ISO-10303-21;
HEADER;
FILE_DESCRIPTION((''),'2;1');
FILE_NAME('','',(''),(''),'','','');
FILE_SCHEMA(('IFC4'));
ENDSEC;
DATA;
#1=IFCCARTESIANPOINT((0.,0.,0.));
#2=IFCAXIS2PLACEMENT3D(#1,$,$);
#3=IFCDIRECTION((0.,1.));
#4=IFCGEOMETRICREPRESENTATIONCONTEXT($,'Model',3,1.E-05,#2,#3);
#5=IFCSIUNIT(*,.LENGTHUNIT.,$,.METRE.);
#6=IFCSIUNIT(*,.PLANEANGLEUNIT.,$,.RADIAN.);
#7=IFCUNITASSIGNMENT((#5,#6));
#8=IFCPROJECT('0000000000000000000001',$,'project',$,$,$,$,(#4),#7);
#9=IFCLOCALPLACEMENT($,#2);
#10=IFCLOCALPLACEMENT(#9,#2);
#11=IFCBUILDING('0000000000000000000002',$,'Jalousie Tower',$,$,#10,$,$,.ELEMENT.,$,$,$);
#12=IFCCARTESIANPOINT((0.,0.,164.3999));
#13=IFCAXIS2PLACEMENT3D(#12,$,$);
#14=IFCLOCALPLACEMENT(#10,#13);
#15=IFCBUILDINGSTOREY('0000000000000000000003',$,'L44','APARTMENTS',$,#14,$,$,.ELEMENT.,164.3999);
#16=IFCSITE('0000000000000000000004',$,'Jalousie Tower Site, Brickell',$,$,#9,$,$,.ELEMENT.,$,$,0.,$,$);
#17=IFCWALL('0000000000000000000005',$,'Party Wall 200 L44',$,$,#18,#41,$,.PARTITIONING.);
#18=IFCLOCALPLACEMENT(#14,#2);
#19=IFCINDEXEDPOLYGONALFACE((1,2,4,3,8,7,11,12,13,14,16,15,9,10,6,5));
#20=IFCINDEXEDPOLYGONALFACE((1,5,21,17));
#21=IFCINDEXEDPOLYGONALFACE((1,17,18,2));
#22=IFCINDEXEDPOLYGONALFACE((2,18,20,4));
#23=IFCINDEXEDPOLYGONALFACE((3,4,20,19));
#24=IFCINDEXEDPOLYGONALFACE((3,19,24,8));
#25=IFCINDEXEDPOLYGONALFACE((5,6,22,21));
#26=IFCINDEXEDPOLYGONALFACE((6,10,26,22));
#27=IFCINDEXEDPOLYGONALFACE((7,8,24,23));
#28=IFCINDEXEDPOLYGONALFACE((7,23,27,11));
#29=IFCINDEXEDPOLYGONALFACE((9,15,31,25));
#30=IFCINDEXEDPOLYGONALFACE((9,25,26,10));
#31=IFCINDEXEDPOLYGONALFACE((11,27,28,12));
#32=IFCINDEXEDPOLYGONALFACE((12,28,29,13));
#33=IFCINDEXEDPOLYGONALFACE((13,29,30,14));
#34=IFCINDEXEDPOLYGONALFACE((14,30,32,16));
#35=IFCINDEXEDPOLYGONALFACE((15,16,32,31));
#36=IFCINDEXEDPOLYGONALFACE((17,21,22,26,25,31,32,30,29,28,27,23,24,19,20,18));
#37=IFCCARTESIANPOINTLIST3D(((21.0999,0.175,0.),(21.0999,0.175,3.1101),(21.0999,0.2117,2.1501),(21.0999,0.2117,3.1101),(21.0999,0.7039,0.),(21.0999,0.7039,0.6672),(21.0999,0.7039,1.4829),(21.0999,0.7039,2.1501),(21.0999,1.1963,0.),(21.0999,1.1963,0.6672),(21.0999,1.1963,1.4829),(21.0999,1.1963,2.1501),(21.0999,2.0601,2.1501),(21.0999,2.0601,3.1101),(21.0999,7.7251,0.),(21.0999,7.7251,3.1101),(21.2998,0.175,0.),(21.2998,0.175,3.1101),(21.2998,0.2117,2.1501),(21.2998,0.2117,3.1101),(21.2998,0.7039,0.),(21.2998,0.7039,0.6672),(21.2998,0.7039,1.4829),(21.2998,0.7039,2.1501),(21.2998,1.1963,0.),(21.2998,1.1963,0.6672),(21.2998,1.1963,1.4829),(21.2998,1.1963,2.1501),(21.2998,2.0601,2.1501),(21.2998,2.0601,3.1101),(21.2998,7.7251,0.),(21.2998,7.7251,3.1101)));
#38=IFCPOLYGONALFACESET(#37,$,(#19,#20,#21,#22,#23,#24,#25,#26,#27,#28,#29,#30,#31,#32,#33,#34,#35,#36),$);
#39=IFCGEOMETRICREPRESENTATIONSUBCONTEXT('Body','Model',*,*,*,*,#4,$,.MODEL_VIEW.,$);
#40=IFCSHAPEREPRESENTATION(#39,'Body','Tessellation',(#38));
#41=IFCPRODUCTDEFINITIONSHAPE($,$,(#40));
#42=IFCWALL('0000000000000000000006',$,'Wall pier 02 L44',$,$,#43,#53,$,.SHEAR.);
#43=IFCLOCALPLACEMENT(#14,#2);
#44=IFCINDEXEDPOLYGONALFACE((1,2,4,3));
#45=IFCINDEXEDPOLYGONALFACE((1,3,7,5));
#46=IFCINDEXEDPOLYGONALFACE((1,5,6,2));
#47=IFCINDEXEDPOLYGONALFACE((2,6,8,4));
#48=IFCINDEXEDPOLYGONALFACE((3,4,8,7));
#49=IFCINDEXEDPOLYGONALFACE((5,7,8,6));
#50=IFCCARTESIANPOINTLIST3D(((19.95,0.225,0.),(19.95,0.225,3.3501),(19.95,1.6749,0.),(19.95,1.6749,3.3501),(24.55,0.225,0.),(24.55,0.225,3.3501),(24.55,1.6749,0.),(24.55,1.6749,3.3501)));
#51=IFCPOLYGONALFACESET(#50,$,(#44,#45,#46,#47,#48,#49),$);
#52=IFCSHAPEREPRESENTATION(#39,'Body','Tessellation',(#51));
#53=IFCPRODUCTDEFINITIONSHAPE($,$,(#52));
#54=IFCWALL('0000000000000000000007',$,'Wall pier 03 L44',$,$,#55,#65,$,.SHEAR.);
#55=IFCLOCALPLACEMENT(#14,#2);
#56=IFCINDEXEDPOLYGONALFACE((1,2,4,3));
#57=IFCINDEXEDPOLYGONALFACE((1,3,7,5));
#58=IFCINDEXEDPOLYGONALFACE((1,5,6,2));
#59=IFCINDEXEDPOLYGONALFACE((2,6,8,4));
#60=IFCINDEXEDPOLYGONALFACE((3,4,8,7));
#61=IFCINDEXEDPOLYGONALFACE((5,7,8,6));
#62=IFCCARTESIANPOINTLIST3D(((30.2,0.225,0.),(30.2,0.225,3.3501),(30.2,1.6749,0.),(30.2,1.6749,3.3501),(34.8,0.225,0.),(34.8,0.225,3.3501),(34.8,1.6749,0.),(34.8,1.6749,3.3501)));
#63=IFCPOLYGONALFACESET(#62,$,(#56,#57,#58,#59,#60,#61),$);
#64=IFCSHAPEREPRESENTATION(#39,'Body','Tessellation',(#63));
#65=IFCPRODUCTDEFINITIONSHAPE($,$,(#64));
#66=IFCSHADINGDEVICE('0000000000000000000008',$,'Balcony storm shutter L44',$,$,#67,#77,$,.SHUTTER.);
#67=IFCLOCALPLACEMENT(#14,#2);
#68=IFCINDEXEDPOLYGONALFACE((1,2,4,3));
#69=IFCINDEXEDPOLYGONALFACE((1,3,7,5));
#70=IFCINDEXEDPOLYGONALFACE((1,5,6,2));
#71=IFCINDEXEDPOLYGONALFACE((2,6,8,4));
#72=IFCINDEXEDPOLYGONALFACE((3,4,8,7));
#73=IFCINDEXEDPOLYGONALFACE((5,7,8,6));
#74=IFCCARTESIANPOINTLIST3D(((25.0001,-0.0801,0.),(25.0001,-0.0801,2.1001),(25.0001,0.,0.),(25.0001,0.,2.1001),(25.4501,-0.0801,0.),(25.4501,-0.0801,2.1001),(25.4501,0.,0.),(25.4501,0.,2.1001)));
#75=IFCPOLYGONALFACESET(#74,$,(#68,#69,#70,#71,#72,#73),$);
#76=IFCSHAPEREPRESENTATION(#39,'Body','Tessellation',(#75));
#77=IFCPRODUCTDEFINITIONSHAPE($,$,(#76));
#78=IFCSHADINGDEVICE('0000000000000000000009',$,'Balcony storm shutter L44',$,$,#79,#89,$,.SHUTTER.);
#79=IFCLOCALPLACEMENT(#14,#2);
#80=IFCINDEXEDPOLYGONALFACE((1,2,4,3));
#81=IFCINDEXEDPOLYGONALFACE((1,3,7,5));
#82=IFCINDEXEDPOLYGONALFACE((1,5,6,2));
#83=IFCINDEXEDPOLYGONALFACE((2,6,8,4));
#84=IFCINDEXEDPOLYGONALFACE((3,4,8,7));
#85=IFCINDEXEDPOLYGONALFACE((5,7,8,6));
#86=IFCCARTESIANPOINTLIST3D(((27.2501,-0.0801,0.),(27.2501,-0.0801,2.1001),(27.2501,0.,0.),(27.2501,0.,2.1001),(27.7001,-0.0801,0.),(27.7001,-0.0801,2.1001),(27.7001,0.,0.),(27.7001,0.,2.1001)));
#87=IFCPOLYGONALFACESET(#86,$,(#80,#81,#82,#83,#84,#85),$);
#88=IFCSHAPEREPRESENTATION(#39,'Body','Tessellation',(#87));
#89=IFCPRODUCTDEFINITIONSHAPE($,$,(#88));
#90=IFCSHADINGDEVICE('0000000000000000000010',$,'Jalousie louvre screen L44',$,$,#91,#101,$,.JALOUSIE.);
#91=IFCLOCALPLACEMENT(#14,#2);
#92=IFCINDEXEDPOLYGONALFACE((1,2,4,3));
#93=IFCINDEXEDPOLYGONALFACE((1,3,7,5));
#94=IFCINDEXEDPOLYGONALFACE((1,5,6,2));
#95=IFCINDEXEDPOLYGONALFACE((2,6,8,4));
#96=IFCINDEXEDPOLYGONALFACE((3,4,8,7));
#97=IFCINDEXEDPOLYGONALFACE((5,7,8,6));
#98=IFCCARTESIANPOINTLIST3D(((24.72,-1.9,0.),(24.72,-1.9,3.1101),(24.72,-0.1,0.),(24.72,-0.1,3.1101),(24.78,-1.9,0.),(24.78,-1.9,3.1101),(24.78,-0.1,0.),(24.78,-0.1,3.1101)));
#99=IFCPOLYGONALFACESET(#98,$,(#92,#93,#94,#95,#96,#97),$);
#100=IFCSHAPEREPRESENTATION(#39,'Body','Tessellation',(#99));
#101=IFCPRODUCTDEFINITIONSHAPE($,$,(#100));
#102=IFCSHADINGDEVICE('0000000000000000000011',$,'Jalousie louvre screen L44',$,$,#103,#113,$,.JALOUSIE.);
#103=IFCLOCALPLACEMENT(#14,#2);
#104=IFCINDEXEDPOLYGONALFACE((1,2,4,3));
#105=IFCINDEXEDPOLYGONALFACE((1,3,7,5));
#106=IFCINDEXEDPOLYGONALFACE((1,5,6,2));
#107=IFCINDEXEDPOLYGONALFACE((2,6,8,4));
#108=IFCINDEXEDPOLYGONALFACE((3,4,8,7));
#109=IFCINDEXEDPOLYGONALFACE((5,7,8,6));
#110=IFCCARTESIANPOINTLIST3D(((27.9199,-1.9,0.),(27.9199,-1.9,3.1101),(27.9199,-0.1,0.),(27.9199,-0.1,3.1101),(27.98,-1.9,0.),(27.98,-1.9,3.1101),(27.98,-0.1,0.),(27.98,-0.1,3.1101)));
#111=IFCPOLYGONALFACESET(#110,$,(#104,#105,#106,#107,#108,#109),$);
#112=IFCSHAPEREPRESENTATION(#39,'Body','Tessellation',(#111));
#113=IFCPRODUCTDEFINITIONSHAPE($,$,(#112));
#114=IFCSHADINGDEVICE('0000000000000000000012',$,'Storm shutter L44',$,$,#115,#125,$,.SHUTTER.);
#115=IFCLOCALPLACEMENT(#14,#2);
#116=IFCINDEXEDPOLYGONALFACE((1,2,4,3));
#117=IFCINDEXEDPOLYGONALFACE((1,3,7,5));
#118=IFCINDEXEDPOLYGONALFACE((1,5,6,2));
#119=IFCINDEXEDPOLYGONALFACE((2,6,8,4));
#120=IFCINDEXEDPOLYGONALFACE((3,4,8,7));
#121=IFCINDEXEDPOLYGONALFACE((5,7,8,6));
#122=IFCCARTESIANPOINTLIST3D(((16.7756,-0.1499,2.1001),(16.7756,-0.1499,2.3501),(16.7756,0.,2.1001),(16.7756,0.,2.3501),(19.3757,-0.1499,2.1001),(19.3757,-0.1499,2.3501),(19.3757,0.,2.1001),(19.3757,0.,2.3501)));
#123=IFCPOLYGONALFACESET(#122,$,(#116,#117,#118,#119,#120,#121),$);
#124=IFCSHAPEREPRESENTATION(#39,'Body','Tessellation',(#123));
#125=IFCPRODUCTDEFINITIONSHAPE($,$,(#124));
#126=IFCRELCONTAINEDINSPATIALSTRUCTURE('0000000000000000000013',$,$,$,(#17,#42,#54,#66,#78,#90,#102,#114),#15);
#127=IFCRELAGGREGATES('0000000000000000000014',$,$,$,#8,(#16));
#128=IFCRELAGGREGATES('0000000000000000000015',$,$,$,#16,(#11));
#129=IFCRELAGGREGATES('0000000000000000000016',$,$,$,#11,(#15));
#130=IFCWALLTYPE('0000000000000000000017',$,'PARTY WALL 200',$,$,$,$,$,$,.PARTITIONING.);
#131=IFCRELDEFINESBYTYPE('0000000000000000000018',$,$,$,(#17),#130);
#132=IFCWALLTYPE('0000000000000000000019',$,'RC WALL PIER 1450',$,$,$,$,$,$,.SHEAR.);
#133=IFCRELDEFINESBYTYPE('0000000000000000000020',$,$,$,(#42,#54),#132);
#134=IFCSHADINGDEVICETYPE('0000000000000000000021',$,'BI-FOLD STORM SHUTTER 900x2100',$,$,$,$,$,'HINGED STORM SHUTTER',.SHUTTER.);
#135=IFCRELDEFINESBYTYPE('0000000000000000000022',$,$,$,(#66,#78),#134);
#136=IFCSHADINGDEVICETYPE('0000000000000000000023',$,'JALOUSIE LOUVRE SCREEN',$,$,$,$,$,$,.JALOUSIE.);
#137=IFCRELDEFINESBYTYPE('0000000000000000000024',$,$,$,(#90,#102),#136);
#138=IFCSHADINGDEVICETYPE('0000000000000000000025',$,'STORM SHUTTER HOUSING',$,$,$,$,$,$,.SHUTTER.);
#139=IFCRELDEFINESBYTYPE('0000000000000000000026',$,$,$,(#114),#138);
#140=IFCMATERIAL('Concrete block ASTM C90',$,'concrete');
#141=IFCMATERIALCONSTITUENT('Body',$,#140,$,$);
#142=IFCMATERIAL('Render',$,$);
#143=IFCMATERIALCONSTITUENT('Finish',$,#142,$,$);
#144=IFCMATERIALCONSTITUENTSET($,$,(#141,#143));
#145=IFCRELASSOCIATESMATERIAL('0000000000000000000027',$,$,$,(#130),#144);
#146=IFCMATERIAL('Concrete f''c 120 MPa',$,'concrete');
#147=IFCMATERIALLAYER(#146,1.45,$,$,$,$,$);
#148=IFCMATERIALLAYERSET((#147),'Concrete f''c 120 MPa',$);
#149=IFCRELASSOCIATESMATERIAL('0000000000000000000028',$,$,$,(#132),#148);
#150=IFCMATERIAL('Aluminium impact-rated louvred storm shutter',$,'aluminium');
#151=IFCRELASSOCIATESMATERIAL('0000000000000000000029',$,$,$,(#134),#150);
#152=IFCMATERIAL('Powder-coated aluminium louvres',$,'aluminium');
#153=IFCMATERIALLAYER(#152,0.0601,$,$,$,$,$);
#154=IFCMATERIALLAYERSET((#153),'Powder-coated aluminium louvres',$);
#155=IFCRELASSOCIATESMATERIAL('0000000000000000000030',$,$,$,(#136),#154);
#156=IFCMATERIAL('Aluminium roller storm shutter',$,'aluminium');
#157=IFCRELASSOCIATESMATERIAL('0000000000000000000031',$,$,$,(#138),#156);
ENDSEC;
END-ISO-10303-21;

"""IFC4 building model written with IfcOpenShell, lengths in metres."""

from ifc_helpers import new_model, si_unit, direction, frame, frame_2d, origin, origin_2d, place, context, subcontext, project, spatial, polyline, rectangle, outline, extrude, material, layer, layer_set, constituent, constituent_set, type_object, element, save


model = new_model("IFC4")

# Units and contexts
model_context = context("Model", 3, precision=1e-05, world=origin(), true_north=direction((0.0, 1.0)))
body_context = subcontext(model_context, "Body", "Model", "MODEL_VIEW")
ifc_project = project(units=[si_unit("LENGTHUNIT", "METRE"), si_unit("PLANEANGLEUNIT", "RADIAN")], contexts=[model_context])

# Site, building, storey
site_placement = place(None, origin())
site = spatial("IfcSite", under=ifc_project, at=site_placement, Name="Jalousie Tower Site, Brickell", CompositionType="ELEMENT", RefElevation=0.0)
building_placement = place(site_placement, origin())
building = spatial("IfcBuilding", under=site, at=building_placement, Name="Jalousie Tower", CompositionType="ELEMENT")
storey_placement = place(building_placement, frame((0.0, 0.0, 164.3999)))
storey = spatial("IfcBuildingStorey", under=building, at=storey_placement, Name="L44", Description="APARTMENTS", CompositionType="ELEMENT", Elevation=164.3999)

# Walls
ifc_material_1 = material(Name="Concrete block ASTM C90", Category="concrete")
ifc_constituent_1 = constituent(ifc_material_1, Name="Body")
ifc_material_2 = material(Name="Render")
ifc_constituent_2 = constituent(ifc_material_2, Name="Finish")
ifc_constituent_set_1 = constituent_set(constituents=[ifc_constituent_1, ifc_constituent_2])
wall_type_1 = type_object("IfcWallType", Name="PARTY WALL 200", PredefinedType="PARTITIONING", material=ifc_constituent_set_1)
wall_1_placement = place(storey_placement, frame((21.2, 0.175, 0.0), z_axis=(0.0, 0.0, 1.0), x_axis=(0.0, 1.0, 0.0)))
element("IfcWall", 1, at=wall_1_placement, inside=storey, type_object=wall_type_1, Name="Party Wall 200 L44", PredefinedType="PARTITIONING", context=body_context, shape_type="SweptSolid", body=[
    extrude(outline(polyline([(0.0366, 3.1101), (0.0, 3.1101), (0.0, 0.0), (0.5288, 0.0), (0.5288, 0.6672), (1.0212, 0.6672), (1.0212, 0.0), (7.55, 0.0), (7.55, 3.1101), (1.885, 3.1101), (1.885, 2.1501), (1.0212, 2.1501), (1.0212, 1.4829), (0.5288, 1.4829), (0.5288, 2.1501), (0.0366, 2.1501), (0.0366, 3.1101)])), frame((0.0, 0.1001, 0.0), z_axis=(0.0, -1.0, 0.0), x_axis=(1.0, 0.0, 0.0)), (0.0, 0.0, 1.0), 0.2),
])
ifc_material_3 = material(Name="Concrete f'c 120 MPa", Category="concrete")
ifc_layer_1 = layer(ifc_material_3, 1.45)
ifc_layer_set_1 = layer_set([ifc_layer_1], Name="Concrete f'c 120 MPa")
wall_type_2 = type_object("IfcWallType", Name="RC WALL PIER 1450", PredefinedType="SHEAR", material=ifc_layer_set_1)
for number, where, z_axis, x_axis, name in (
    (2, (19.95, 0.95, 0.0), (0.0, 0.0, 1.0), (1.0, 0.0, 0.0), "Wall pier 02 L44"),
    (3, (30.2, 0.95, 0.0), (0.0, 0.0, 1.0), (1.0, 0.0, 0.0), "Wall pier 03 L44"),
):
    element("IfcWall", number, at=place(storey_placement, frame(where, z_axis=z_axis, x_axis=x_axis)), inside=storey, type_object=wall_type_2, Name=name, PredefinedType="SHEAR", context=body_context, shape_type="SweptSolid", body=[
        extrude(rectangle(XDim=4.6001, YDim=1.45, at=frame_2d((2.3, 0.0))), origin(), (0.0, 0.0, 1.0), 3.3501),
    ])

# Shading devices
ifc_material_4 = material(Name="Aluminium impact-rated louvred storm shutter", Category="aluminium")
shading_device_type_1 = type_object("IfcShadingDeviceType", Name="BI-FOLD STORM SHUTTER 900x2100", ElementType="HINGED STORM SHUTTER", PredefinedType="SHUTTER", material=ifc_material_4)
for number, where, z_axis, x_axis, name in (
    (4, (25.2251, -0.04, 0.0), (0.0, 0.0, 1.0), (1.0, 0.0, 0.0), "Balcony storm shutter L44"),
    (5, (27.4751, -0.04, 0.0), (0.0, 0.0, 1.0), (1.0, 0.0, 0.0), "Balcony storm shutter L44"),
):
    element("IfcShadingDevice", number, at=place(storey_placement, frame(where, z_axis=z_axis, x_axis=x_axis)), inside=storey, type_object=shading_device_type_1, Name=name, PredefinedType="SHUTTER", context=body_context, shape_type="SweptSolid", body=[
        extrude(rectangle(XDim=0.45, YDim=0.0801, at=origin_2d()), origin(), (0.0, 0.0, 1.0), 2.1001),
    ])

# Shading devices
ifc_material_5 = material(Name="Powder-coated aluminium louvres", Category="aluminium")
ifc_layer_2 = layer(ifc_material_5, 0.0601)
ifc_layer_set_2 = layer_set([ifc_layer_2], Name="Powder-coated aluminium louvres")
shading_device_type_2 = type_object("IfcShadingDeviceType", Name="JALOUSIE LOUVRE SCREEN", PredefinedType="JALOUSIE", material=ifc_layer_set_2)
for number, where, z_axis, x_axis, name in (
    (6, (24.75, -1.0, 0.0), (0.0, 0.0, 1.0), (1.0, 0.0, 0.0), "Jalousie louvre screen L44"),
    (7, (27.95, -1.0, 0.0), (0.0, 0.0, 1.0), (1.0, 0.0, 0.0), "Jalousie louvre screen L44"),
):
    element("IfcShadingDevice", number, at=place(storey_placement, frame(where, z_axis=z_axis, x_axis=x_axis)), inside=storey, type_object=shading_device_type_2, Name=name, PredefinedType="JALOUSIE", context=body_context, shape_type="SweptSolid", body=[
        extrude(rectangle(XDim=0.0601, YDim=1.8, at=origin_2d()), origin(), (0.0, 0.0, 1.0), 3.1101),
    ])
ifc_material_6 = material(Name="Aluminium roller storm shutter", Category="aluminium")
shading_device_type_3 = type_object("IfcShadingDeviceType", Name="STORM SHUTTER HOUSING", PredefinedType="SHUTTER", material=ifc_material_6)
shading_device_placement = place(storey_placement, frame((18.0757, -0.075, 2.1001), z_axis=(0.0, 0.0, 1.0), x_axis=(1.0, 0.0, 0.0)))
element("IfcShadingDevice", 8, at=shading_device_placement, inside=storey, type_object=shading_device_type_3, Name="Storm shutter L44", PredefinedType="SHUTTER", context=body_context, shape_type="SweptSolid", body=[
    extrude(rectangle(XDim=2.6001, YDim=0.1499, at=origin_2d()), origin(), (0.0, 0.0, 1.0), 0.25),
])

save(model, "model.ifc")
